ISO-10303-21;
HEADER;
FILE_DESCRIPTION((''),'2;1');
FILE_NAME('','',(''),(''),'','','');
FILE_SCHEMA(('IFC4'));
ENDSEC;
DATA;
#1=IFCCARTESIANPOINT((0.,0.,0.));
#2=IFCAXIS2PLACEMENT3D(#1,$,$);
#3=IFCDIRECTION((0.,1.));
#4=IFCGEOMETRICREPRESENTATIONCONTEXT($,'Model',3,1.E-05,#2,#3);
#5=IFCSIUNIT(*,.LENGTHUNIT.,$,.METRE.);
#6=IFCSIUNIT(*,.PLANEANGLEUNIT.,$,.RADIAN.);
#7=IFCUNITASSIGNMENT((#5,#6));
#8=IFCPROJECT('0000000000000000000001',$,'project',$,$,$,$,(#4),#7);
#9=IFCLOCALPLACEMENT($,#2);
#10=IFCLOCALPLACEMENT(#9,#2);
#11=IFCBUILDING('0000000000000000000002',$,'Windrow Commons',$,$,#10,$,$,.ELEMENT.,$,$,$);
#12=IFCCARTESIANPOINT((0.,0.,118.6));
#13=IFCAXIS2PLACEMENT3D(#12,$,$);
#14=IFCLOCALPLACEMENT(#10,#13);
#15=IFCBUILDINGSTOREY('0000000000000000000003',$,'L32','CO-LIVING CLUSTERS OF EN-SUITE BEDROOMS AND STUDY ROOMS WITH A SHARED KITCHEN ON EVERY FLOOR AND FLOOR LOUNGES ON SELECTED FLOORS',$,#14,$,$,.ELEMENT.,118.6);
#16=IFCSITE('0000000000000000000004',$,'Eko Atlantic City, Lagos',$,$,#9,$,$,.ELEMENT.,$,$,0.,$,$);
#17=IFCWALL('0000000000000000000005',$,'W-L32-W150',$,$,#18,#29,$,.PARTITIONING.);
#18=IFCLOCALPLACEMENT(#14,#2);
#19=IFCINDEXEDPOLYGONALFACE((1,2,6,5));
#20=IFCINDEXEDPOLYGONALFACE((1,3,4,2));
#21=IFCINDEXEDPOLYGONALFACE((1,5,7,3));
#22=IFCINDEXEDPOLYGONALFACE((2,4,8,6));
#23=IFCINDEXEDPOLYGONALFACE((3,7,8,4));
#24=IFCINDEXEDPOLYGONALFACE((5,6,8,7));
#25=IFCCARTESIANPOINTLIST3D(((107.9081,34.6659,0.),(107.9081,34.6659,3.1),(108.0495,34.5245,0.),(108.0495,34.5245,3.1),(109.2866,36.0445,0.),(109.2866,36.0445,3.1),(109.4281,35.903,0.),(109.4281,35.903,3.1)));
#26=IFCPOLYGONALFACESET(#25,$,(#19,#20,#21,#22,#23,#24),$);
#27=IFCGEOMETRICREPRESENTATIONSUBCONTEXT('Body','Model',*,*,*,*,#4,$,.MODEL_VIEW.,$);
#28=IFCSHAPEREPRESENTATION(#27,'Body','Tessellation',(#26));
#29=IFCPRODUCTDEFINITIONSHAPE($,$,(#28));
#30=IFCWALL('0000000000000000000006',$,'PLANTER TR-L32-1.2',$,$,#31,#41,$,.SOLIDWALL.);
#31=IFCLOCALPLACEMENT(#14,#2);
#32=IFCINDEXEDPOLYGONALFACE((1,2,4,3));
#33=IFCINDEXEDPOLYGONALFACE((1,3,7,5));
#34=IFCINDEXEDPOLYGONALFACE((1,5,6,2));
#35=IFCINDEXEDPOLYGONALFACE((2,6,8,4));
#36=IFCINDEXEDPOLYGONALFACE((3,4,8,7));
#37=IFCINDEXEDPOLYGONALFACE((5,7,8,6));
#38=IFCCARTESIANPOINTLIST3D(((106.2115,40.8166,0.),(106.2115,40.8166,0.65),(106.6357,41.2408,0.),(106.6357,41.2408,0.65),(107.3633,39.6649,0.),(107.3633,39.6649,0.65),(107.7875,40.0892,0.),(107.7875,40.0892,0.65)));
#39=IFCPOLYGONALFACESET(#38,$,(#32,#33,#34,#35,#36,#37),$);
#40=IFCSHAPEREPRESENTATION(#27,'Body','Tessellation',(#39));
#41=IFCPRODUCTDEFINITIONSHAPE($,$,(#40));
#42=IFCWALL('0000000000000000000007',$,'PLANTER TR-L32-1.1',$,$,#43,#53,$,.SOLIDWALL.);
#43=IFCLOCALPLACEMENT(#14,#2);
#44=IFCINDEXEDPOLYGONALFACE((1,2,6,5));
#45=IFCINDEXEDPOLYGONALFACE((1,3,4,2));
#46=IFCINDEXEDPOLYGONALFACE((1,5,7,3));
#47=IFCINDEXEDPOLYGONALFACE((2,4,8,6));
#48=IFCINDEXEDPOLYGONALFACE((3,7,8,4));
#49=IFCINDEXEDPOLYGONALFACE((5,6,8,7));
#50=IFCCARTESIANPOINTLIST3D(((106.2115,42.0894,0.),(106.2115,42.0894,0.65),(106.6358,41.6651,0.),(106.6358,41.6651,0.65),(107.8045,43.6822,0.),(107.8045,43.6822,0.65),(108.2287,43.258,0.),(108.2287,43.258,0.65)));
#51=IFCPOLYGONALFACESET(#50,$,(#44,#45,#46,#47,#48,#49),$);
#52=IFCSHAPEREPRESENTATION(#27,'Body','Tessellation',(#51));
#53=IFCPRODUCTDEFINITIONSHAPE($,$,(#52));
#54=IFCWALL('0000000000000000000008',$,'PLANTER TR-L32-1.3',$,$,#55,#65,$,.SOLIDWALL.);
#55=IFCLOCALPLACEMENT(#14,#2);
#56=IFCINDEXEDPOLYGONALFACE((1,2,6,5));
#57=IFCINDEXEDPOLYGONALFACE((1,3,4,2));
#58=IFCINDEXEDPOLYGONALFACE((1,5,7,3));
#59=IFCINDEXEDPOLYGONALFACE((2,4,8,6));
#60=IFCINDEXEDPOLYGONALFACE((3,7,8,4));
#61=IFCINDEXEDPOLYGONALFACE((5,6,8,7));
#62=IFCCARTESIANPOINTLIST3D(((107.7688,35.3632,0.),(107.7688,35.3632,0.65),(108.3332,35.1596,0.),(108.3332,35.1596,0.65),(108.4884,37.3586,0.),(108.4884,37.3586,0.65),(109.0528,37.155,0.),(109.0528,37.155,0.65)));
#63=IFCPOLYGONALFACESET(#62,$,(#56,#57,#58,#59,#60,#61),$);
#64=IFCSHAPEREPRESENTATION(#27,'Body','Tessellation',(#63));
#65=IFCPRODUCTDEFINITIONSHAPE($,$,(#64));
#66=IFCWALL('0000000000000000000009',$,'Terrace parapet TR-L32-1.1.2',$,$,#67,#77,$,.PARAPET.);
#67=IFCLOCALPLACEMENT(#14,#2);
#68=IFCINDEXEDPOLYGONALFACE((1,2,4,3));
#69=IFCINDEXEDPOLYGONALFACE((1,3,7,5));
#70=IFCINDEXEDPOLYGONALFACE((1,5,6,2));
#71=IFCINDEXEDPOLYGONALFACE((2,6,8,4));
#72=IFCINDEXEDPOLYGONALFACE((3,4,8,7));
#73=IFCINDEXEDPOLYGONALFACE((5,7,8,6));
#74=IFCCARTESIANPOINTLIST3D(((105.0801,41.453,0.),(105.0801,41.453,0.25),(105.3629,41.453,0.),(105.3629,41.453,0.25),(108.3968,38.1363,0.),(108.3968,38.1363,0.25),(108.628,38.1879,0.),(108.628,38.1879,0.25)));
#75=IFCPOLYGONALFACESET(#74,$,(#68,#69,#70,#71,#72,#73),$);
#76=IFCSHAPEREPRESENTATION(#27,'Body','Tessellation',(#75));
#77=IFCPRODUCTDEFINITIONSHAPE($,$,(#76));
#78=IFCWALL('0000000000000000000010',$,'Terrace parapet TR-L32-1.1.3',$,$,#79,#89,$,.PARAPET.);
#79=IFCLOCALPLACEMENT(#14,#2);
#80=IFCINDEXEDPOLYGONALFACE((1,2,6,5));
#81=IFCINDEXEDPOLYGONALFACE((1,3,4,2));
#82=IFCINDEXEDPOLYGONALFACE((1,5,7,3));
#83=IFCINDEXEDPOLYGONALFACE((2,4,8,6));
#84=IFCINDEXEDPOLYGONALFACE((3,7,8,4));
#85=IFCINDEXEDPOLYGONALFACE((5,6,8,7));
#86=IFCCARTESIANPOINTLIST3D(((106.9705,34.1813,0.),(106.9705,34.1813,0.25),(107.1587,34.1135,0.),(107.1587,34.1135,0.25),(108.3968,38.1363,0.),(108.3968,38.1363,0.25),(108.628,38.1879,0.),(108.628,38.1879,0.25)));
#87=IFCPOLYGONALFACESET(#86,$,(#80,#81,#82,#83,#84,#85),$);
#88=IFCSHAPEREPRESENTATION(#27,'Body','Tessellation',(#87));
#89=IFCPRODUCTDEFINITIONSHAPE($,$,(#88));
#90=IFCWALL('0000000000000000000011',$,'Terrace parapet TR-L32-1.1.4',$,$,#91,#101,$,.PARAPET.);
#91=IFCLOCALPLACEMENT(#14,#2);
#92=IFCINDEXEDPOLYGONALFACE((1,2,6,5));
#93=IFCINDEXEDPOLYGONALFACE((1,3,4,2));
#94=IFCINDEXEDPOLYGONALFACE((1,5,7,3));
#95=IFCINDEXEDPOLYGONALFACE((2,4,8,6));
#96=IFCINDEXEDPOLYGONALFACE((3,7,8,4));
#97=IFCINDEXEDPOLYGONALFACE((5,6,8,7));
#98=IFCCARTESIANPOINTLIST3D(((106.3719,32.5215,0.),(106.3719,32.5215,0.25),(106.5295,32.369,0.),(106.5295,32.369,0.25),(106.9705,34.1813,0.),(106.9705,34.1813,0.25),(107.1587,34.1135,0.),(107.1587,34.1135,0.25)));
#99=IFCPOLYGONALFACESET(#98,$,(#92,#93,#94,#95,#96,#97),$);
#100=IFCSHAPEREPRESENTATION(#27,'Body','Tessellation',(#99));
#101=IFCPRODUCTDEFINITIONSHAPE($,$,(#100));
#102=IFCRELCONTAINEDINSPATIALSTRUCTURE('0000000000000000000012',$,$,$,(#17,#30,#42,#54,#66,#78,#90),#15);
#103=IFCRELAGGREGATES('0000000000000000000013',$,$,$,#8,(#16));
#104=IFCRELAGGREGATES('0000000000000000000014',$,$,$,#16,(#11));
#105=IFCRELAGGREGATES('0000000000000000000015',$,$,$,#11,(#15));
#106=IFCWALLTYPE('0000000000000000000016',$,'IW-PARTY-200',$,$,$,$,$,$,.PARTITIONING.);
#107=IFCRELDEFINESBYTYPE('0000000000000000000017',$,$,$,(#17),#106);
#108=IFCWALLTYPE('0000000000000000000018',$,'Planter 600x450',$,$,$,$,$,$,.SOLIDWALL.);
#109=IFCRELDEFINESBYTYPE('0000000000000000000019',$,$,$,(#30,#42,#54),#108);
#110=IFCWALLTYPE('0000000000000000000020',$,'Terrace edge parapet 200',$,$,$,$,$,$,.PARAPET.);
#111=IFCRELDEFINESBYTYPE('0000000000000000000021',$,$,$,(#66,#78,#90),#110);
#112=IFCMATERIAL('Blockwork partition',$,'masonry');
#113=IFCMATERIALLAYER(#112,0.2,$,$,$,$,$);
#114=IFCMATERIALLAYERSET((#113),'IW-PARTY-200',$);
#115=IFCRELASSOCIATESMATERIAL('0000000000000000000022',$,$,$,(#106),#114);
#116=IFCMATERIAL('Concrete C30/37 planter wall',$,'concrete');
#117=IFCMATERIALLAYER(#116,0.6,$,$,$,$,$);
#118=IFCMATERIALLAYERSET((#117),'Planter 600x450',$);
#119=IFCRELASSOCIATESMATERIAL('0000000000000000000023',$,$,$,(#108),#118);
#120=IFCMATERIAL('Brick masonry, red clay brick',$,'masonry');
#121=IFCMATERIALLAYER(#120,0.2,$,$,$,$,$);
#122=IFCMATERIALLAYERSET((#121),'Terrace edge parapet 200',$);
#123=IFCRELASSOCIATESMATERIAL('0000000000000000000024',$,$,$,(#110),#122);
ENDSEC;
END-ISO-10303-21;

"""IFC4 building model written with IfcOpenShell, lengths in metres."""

from ifc_helpers import new_model, si_unit, direction, frame, frame_2d, origin, place, context, subcontext, project, spatial, polyline, rectangle, outline, extrude, material, layer, layer_set, type_object, element, save


model = new_model("IFC4")

# Units and contexts
model_context = context("Model", 3, precision=1e-05, world=origin(), true_north=direction((0.0, 1.0)))
body_context = subcontext(model_context, "Body", "Model", "MODEL_VIEW")
ifc_project = project(units=[si_unit("LENGTHUNIT", "METRE"), si_unit("PLANEANGLEUNIT", "RADIAN")], contexts=[model_context])

# Site, building, storey
site_placement = place(None, origin())
site = spatial("IfcSite", under=ifc_project, at=site_placement, Name="Eko Atlantic City, Lagos", CompositionType="ELEMENT", RefElevation=0.0)
building_placement = place(site_placement, origin())
building = spatial("IfcBuilding", under=site, at=building_placement, Name="Windrow Commons", CompositionType="ELEMENT")
storey_placement = place(building_placement, frame((0.0, 0.0, 118.6)))
storey = spatial("IfcBuildingStorey", under=building, at=storey_placement, Name="L32", Description="CO-LIVING CLUSTERS OF EN-SUITE BEDROOMS AND STUDY ROOMS WITH A SHARED KITCHEN ON EVERY FLOOR AND FLOOR LOUNGES ON SELECTED FLOORS", CompositionType="ELEMENT", Elevation=118.6)

# Walls
ifc_material_1 = material(Name="Blockwork partition", Category="masonry")
ifc_layer_1 = layer(ifc_material_1, 0.2)
ifc_layer_set_1 = layer_set([ifc_layer_1], Name="IW-PARTY-200")
wall_type_1 = type_object("IfcWallType", Name="IW-PARTY-200", PredefinedType="PARTITIONING", material=ifc_layer_set_1)
wall_1_placement = place(storey_placement, frame((107.9788, 34.5952, 0.0), z_axis=(0.0, 0.0, 1.0), x_axis=(0.707107, 0.707107, 0.0)))
element("IfcWall", 1, at=wall_1_placement, inside=storey, type_object=wall_type_1, Name="W-L32-W150", PredefinedType="PARTITIONING", context=body_context, shape_type="SweptSolid", body=[
    extrude(rectangle(XDim=1.9495, YDim=0.2, at=frame_2d((0.9748, 0.0))), origin(), (0.0, 0.0, 1.0), 3.1),
])
ifc_material_2 = material(Name="Concrete C30/37 planter wall", Category="concrete")
ifc_layer_2 = layer(ifc_material_2, 0.6)
ifc_layer_set_2 = layer_set([ifc_layer_2], Name="Planter 600x450")
wall_type_2 = type_object("IfcWallType", Name="Planter 600x450", PredefinedType="SOLIDWALL", material=ifc_layer_set_2)
wall_2_placement = place(storey_placement, frame((106.4236, 41.0287, 0.0), z_axis=(0.0, 0.0, 1.0), x_axis=(0.707137, -0.707076, 0.0)))
element("IfcWall", 2, at=wall_2_placement, inside=storey, type_object=wall_type_2, Name="PLANTER TR-L32-1.2", PredefinedType="SOLIDWALL", context=body_context, shape_type="SweptSolid", body=[
    extrude(rectangle(XDim=1.6288, YDim=0.6, at=frame_2d((0.8144, 0.0))), origin(), (0.0, 0.0, 1.0), 0.65),
])
wall_3_placement = place(storey_placement, frame((108.0166, 43.4701, 0.0), z_axis=(0.0, 0.0, 1.0), x_axis=(-0.707129, -0.707085, 0.0)))
element("IfcWall", 3, at=wall_3_placement, inside=storey, type_object=wall_type_2, Name="PLANTER TR-L32-1.1", PredefinedType="SOLIDWALL", context=body_context, shape_type="SweptSolid", body=[
    extrude(outline(polyline([(0.0, -0.3), (2.2527, -0.3), (2.2527, 0.3), (0.0, 0.3), (0.0, -0.3)])), origin(), (0.0, 0.0, 1.0), 0.65),
])
wall_4_placement = place(storey_placement, frame((108.7706, 37.2568, 0.0), z_axis=(0.0, 0.0, 1.0), x_axis=(-0.339244, -0.940699, 0.0)))
element("IfcWall", 4, at=wall_4_placement, inside=storey, type_object=wall_type_2, Name="PLANTER TR-L32-1.3", PredefinedType="SOLIDWALL", context=body_context, shape_type="SweptSolid", body=[
    extrude(outline(polyline([(0.0, -0.3), (2.1212, -0.3), (2.1212, 0.3), (0.0, 0.3), (0.0, -0.3)])), origin(), (0.0, 0.0, 1.0), 0.65),
])
ifc_material_3 = material(Name="Brick masonry, red clay brick", Category="masonry")
ifc_layer_3 = layer(ifc_material_3, 0.2)
ifc_layer_set_3 = layer_set([ifc_layer_3], Name="Terrace edge parapet 200")
wall_type_3 = type_object("IfcWallType", Name="Terrace edge parapet 200", PredefinedType="PARAPET", material=ifc_layer_set_3)
wall_5_placement = place(storey_placement, frame((105.2215, 41.453, 0.0), z_axis=(0.0, 0.0, 1.0), x_axis=(0.707107, -0.707107, 0.0)))
element("IfcWall", 5, at=wall_5_placement, inside=storey, type_object=wall_type_3, Name="Terrace parapet TR-L32-1.1.2", PredefinedType="PARAPET", context=body_context, shape_type="SweptSolid", body=[
    extrude(outline(polyline([(-0.1, -0.1), (4.5905, -0.1), (4.7175, 0.1), (0.1, 0.1), (-0.1, -0.1)])), origin(), (0.0, 0.0, 1.0), 0.25),
])
wall_6_placement = place(storey_placement, frame((108.5124, 38.1621, 0.0), z_axis=(0.0, 0.0, 1.0), x_axis=(-0.33924, -0.9407, 0.0)))
element("IfcWall", 6, at=wall_6_placement, inside=storey, type_object=wall_type_3, Name="Terrace parapet TR-L32-1.1.3", PredefinedType="PARAPET", context=body_context, shape_type="SweptSolid", body=[
    extrude(outline(polyline([(0.0635, -0.1), (4.2678, -0.1), (4.2678, 0.1), (-0.0635, 0.1), (0.0635, -0.1)])), origin(), (0.0, 0.0, 1.0), 0.25),
])
wall_7_placement = place(storey_placement, frame((107.0646, 34.1474, 0.0), z_axis=(0.0, 0.0, 1.0), x_axis=(-0.339261, -0.940692, 0.0)))
element("IfcWall", 7, at=wall_7_placement, inside=storey, type_object=wall_type_3, Name="Terrace parapet TR-L32-1.1.4", PredefinedType="PARAPET", context=body_context, shape_type="SweptSolid", body=[
    extrude(outline(polyline([(0.0, -0.1), (1.7645, -0.1), (1.8545, 0.1), (0.0, 0.1), (0.0, -0.1)])), origin(), (0.0, 0.0, 1.0), 0.25),
])

save(model, "model.ifc")
